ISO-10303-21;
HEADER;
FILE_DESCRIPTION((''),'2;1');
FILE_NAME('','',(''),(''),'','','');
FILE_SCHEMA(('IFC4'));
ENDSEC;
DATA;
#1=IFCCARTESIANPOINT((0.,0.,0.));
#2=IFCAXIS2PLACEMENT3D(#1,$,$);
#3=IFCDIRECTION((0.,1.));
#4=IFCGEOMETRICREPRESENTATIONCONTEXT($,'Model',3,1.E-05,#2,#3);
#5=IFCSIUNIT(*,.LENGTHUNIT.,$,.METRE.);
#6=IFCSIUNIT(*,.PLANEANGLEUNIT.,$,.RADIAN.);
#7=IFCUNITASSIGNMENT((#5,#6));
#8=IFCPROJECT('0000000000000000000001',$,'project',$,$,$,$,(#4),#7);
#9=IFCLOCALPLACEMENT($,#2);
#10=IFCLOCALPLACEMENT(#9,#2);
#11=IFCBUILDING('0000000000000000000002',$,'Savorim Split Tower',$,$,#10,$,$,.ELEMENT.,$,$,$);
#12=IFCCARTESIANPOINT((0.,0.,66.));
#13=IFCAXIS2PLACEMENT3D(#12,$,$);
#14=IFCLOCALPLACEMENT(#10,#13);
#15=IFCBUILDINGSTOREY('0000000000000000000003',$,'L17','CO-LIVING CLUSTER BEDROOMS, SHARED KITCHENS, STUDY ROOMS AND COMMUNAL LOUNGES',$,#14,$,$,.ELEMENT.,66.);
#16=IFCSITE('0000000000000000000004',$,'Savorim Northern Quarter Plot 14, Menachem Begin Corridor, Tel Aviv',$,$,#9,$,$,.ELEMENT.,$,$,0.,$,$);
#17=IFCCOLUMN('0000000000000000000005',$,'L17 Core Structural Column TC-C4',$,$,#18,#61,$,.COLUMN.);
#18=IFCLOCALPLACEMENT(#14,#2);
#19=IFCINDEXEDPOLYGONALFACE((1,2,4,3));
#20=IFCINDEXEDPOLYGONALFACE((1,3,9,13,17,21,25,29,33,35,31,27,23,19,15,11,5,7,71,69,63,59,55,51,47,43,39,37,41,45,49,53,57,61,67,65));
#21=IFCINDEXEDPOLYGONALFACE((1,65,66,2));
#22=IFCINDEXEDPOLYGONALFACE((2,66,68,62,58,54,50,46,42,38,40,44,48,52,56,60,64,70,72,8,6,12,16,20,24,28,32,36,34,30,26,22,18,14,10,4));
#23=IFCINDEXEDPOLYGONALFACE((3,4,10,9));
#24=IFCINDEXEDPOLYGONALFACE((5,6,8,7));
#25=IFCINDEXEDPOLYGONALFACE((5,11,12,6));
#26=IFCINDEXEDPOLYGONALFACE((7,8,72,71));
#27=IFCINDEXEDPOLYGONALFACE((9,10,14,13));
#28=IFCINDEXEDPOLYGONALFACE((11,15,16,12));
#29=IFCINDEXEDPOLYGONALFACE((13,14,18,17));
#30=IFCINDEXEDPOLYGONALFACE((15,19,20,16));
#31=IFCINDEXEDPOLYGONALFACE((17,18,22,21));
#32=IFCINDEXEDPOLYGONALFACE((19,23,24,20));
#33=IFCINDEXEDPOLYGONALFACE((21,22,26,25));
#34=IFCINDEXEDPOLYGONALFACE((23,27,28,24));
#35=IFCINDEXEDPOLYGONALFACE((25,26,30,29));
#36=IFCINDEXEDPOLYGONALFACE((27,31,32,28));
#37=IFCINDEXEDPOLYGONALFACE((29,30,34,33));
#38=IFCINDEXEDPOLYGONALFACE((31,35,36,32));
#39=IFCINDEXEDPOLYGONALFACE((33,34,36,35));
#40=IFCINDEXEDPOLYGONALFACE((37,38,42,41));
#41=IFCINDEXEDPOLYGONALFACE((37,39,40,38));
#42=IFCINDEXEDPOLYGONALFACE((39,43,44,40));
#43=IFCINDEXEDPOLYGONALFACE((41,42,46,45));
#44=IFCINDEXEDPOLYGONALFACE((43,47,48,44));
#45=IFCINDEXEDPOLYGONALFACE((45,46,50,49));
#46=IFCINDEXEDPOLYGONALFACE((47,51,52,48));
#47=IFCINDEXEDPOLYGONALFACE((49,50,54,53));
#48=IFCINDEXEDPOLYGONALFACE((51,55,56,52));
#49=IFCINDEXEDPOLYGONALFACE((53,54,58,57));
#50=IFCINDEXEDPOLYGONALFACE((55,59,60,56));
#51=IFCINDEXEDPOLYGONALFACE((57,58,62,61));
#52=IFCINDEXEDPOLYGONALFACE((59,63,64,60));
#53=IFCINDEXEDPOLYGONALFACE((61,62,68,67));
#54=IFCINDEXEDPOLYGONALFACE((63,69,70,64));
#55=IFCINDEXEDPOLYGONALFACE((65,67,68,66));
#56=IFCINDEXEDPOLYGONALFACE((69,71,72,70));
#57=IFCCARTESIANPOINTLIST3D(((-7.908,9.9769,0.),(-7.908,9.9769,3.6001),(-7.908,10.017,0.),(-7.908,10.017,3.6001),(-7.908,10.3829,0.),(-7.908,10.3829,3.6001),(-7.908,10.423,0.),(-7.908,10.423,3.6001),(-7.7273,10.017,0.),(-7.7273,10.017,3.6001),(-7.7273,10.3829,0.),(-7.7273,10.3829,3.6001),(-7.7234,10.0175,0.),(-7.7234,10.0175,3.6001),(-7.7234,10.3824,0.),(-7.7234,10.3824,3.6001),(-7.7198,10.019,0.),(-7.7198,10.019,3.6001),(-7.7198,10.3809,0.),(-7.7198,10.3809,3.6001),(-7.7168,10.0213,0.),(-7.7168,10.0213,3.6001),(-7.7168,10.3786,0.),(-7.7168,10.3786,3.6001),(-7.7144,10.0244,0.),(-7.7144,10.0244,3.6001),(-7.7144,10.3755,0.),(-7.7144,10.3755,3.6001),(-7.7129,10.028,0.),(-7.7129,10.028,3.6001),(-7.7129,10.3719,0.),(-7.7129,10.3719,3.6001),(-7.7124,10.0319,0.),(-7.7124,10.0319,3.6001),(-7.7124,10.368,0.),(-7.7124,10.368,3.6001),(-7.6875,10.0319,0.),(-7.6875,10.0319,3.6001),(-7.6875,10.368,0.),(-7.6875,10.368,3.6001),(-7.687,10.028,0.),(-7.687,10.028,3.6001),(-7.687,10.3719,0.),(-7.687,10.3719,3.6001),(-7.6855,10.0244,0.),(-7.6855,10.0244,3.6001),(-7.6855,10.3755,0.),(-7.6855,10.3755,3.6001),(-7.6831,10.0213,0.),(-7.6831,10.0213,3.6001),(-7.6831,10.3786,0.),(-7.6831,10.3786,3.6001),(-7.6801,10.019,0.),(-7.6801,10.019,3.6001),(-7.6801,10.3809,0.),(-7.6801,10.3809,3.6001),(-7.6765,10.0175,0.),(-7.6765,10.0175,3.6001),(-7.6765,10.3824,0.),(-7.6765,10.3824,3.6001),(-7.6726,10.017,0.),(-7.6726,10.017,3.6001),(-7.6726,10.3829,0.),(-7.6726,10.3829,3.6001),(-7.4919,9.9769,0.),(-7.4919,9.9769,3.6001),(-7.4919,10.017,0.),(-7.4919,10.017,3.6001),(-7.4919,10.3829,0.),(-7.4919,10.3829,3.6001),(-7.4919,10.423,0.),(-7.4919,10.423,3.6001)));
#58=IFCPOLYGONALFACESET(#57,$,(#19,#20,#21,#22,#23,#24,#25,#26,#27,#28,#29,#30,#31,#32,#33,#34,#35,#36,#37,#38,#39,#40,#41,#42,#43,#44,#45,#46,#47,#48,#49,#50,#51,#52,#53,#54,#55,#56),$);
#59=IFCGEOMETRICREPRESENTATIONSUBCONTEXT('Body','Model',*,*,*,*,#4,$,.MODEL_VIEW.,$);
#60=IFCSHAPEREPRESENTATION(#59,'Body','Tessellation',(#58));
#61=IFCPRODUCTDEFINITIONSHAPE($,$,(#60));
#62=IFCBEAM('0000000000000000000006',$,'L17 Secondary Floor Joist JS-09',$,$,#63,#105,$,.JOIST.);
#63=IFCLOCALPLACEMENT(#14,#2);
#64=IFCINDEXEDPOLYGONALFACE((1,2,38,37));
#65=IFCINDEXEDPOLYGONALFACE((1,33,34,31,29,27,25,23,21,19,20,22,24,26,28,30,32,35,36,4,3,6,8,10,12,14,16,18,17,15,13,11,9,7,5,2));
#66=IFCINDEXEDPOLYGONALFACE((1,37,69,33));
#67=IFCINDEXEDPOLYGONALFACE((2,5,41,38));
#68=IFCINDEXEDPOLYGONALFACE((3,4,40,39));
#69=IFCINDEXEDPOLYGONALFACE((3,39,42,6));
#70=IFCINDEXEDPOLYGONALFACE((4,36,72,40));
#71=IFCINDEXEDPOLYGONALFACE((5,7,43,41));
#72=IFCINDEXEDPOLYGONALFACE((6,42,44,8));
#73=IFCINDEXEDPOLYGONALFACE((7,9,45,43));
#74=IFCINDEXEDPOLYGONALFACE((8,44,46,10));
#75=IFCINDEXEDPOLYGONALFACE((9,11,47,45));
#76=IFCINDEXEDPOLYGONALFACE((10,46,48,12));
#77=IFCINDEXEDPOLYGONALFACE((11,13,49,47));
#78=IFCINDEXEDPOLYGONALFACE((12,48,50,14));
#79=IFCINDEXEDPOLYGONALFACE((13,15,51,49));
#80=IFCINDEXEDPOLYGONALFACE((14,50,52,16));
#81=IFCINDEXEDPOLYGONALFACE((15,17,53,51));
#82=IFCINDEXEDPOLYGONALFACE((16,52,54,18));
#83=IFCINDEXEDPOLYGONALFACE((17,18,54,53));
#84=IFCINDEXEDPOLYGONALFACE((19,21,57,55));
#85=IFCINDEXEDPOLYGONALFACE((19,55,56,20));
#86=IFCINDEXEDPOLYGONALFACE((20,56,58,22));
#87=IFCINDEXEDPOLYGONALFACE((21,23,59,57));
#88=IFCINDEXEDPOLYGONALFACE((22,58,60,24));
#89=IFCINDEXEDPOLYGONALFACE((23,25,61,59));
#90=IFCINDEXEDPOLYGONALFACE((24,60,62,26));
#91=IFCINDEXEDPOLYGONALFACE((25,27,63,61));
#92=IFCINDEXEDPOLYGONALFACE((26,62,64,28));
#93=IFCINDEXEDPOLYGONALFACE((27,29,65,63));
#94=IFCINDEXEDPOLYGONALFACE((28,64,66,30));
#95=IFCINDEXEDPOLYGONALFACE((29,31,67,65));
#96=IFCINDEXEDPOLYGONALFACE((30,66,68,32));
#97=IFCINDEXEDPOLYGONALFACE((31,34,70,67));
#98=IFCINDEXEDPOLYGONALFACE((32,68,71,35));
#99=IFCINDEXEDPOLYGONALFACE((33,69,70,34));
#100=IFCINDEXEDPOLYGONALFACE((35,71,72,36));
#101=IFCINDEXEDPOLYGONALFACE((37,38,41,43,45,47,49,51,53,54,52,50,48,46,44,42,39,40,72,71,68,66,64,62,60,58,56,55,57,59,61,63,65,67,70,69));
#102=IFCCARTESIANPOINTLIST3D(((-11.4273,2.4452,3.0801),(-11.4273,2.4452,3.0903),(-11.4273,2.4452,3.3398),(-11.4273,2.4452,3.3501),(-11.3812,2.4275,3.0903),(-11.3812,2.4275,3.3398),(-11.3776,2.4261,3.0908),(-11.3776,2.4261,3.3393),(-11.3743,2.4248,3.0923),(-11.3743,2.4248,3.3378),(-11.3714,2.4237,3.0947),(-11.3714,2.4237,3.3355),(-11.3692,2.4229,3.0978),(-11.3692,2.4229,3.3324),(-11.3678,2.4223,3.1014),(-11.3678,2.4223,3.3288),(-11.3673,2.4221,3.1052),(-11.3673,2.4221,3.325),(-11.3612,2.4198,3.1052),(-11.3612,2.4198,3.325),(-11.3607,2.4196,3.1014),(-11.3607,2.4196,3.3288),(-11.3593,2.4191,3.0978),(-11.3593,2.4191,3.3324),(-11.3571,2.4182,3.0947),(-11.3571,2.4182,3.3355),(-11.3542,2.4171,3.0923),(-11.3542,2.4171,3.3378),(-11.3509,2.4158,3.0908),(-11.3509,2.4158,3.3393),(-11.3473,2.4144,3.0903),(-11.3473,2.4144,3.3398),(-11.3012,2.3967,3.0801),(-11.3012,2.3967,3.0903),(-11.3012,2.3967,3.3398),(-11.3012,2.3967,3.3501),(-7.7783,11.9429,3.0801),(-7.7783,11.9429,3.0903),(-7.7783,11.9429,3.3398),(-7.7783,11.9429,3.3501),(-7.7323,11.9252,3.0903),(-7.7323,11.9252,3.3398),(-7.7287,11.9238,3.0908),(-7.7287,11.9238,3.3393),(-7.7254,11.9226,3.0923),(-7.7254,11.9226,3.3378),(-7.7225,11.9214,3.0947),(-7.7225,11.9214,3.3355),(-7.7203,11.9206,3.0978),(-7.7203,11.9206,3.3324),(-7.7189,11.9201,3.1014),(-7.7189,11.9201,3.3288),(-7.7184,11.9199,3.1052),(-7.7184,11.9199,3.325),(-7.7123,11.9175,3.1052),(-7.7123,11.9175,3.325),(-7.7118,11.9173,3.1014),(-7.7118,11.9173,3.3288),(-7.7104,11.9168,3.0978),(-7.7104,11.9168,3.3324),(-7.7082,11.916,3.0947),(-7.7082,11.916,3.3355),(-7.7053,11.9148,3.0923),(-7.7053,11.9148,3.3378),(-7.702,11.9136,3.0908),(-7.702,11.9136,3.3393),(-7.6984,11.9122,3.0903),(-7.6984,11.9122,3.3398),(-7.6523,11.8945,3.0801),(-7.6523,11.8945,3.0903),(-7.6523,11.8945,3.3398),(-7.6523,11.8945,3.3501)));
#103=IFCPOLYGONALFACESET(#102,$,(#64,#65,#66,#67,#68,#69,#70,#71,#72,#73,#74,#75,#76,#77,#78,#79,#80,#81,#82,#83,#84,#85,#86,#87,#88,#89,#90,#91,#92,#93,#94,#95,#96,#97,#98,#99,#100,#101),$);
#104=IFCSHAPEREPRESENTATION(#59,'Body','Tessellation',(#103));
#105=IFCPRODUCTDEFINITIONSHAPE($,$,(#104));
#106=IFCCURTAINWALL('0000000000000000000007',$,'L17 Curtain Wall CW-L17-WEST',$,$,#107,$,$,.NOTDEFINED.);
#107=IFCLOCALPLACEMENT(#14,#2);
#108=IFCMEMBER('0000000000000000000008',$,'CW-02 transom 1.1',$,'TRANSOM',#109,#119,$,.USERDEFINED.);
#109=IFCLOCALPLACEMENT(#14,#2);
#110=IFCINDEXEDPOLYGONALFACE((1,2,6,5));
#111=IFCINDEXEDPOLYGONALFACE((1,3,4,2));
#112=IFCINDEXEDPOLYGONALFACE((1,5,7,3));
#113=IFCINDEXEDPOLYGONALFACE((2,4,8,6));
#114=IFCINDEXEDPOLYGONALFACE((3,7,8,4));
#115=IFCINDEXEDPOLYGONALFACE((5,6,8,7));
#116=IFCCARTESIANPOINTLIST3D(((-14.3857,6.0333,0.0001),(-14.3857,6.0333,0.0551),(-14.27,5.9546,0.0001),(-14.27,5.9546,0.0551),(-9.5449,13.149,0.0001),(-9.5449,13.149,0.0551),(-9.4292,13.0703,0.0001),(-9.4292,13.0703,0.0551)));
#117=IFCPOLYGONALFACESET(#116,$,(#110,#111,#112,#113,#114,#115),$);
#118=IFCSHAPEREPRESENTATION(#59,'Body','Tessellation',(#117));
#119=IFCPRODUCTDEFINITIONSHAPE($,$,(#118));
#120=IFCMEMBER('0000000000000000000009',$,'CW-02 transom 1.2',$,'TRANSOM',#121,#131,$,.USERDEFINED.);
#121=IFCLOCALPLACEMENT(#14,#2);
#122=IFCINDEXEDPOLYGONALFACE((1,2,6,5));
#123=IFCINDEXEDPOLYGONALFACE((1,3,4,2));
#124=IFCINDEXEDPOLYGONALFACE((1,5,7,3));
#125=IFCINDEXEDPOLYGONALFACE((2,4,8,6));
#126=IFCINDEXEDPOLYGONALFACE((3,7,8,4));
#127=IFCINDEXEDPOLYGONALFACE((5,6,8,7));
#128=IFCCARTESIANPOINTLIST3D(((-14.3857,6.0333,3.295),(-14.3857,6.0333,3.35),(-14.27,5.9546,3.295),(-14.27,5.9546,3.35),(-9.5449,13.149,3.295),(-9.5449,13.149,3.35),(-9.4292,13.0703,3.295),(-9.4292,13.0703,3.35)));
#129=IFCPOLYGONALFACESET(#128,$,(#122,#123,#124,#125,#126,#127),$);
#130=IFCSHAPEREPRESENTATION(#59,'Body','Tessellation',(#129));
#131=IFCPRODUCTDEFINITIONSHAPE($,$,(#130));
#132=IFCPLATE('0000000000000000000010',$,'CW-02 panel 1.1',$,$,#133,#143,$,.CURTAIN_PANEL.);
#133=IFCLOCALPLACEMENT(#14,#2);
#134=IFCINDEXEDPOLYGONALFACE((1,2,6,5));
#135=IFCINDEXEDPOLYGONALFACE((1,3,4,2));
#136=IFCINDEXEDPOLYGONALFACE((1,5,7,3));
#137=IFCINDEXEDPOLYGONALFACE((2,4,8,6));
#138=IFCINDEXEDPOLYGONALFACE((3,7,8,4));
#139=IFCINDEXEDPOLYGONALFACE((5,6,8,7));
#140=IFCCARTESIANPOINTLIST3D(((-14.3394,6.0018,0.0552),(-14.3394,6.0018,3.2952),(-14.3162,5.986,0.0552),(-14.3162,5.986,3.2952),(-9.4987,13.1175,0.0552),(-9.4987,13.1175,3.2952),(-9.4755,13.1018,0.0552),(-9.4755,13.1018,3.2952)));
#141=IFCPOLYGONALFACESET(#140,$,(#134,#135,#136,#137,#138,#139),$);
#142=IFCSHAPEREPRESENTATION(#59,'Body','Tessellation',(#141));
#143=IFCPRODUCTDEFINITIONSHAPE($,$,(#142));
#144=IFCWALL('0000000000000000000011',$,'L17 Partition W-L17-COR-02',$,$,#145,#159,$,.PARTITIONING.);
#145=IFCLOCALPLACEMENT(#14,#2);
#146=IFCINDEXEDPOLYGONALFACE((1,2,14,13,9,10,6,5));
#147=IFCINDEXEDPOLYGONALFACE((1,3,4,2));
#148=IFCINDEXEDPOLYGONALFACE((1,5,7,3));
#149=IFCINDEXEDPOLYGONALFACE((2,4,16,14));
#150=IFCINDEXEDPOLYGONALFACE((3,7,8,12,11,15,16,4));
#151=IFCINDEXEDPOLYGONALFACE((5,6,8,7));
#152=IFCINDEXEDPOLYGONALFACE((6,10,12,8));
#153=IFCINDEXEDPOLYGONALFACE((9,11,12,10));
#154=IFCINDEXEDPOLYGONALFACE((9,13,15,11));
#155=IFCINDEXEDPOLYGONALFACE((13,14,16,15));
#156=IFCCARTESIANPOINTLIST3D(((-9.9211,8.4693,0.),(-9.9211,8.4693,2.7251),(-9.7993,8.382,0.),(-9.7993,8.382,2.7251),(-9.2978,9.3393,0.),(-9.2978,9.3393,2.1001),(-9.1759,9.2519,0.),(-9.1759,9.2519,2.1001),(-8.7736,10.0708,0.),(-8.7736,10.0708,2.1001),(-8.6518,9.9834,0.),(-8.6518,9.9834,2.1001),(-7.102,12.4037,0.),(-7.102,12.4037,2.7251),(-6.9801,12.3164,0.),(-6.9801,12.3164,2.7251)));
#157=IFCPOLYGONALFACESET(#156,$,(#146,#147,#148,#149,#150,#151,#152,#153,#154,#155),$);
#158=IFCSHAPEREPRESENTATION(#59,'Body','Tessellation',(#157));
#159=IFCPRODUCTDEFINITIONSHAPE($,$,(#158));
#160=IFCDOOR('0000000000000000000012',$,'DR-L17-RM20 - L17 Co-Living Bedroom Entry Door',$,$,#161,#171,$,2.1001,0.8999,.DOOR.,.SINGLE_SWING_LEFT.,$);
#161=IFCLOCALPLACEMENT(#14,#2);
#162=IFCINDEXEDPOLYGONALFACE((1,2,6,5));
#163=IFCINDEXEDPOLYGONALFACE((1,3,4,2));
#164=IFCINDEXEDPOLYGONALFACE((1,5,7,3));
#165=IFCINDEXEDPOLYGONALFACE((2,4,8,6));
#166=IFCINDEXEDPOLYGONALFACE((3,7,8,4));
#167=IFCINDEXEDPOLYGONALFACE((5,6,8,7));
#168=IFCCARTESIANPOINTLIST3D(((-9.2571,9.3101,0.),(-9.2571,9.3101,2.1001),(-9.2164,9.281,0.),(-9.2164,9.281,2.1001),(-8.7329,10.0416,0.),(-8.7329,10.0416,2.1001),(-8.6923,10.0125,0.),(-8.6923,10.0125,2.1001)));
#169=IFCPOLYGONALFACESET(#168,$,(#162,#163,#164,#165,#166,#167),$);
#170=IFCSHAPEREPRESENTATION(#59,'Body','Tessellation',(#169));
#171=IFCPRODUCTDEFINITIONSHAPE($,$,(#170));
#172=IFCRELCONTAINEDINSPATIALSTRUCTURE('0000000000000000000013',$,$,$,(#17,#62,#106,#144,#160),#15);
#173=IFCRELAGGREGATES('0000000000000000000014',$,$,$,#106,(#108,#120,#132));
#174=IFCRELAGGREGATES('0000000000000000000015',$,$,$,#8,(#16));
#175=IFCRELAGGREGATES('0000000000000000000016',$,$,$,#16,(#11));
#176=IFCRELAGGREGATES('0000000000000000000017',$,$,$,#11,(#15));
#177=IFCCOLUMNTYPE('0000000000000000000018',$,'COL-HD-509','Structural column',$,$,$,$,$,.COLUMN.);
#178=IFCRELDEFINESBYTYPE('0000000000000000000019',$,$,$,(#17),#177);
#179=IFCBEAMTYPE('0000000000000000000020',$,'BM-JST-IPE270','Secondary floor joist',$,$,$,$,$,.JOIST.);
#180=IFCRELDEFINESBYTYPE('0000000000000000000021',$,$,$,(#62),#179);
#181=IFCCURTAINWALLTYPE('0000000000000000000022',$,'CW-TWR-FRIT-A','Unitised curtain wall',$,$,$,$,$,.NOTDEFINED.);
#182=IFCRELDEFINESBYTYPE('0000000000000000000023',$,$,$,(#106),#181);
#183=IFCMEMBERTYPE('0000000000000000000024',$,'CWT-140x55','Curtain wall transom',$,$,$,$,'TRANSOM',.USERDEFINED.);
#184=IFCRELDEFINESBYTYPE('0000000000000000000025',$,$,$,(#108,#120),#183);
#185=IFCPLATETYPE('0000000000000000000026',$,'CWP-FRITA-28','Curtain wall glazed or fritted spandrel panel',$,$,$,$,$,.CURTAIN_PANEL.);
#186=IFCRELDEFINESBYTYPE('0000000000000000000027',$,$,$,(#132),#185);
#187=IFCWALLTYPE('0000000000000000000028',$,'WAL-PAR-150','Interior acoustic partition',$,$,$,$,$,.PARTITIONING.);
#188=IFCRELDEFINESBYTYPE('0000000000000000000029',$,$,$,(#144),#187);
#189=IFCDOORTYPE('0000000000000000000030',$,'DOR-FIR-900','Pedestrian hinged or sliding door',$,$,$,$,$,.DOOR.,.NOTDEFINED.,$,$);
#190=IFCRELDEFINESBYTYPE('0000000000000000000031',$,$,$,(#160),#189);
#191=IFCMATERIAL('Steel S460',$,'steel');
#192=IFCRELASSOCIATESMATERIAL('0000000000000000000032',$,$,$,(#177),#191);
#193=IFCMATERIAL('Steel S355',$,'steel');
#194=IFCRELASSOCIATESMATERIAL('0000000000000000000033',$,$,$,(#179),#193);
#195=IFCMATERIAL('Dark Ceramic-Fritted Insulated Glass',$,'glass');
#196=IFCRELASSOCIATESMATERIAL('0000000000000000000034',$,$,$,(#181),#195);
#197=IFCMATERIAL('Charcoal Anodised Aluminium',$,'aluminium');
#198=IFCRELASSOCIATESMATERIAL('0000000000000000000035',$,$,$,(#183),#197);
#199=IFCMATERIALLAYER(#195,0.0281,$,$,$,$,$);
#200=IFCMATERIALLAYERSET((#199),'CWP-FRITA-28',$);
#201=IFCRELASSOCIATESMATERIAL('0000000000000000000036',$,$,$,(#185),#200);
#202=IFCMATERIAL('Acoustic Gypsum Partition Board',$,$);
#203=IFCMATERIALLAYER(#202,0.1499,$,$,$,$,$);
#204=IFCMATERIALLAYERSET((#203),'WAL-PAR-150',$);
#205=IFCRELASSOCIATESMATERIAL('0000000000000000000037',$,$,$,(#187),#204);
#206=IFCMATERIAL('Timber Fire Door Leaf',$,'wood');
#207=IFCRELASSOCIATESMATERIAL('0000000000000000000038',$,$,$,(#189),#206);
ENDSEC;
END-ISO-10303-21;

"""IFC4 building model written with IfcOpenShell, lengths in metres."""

from ifc_helpers import new_model, si_unit, direction, frame, frame_2d, origin, origin_2d, place, context, subcontext, project, spatial, rectangle, i_section, extrude, material, layer, layer_set, material_profile, profile_set, type_object, element, fill, aggregate, save


model = new_model("IFC4")

# Units and contexts
model_context = context("Model", 3, precision=1e-05, world=origin(), true_north=direction((0.0, 1.0)))
body_context = subcontext(model_context, "Body", "Model", "MODEL_VIEW")
ifc_project = project(units=[si_unit("LENGTHUNIT", "METRE"), si_unit("PLANEANGLEUNIT", "RADIAN")], contexts=[model_context])

# Site, building, storey
site_placement = place(None, origin())
site = spatial("IfcSite", under=ifc_project, at=site_placement, Name="Savorim Northern Quarter Plot 14, Menachem Begin Corridor, Tel Aviv", CompositionType="ELEMENT", RefElevation=0.0)
building_placement = place(site_placement, origin())
building = spatial("IfcBuilding", under=site, at=building_placement, Name="Savorim Split Tower", CompositionType="ELEMENT")
storey_placement = place(building_placement, frame((0.0, 0.0, 66.0)))
storey = spatial("IfcBuildingStorey", under=building, at=storey_placement, Name="L17", Description="CO-LIVING CLUSTER BEDROOMS, SHARED KITCHENS, STUDY ROOMS AND COMMUNAL LOUNGES", CompositionType="ELEMENT", Elevation=66.0)

# Column
ifc_material_1 = material(Name="Steel S460", Category="steel")
ifc_material_profile_1 = material_profile(ifc_material_1, i_section(OverallWidth=0.416, OverallDepth=0.446, WebThickness=0.0249, FlangeThickness=0.04, FilletRadius=0.0149, at=origin_2d()), Name="HD 400x509")
ifc_profile_set_1 = profile_set([ifc_material_profile_1], Name="Steel S460")
column_type = type_object("IfcColumnType", Name="COL-HD-509", Description="Structural column", PredefinedType="COLUMN", material=ifc_profile_set_1)
column_placement = place(storey_placement, frame((-7.7, 10.2, 0.0), z_axis=(0.0, 0.0, 1.0), x_axis=(1.0, 0.0, 0.0)))
element("IfcColumn", 1, at=column_placement, inside=storey, type_object=column_type, Name="L17 Core Structural Column TC-C4", PredefinedType="COLUMN", context=body_context, shape_type="SweptSolid", body=[
    extrude(i_section(OverallWidth=0.416, OverallDepth=0.446, WebThickness=0.0249, FlangeThickness=0.04, FilletRadius=0.0149, at=origin_2d()), origin(), (0.0, 0.0, 1.0), 3.6001),
])

# Beam
ifc_material_2 = material(Name="Steel S355", Category="steel")
ifc_material_profile_2 = material_profile(ifc_material_2, i_section(OverallWidth=0.135, OverallDepth=0.27, WebThickness=0.0066, FlangeThickness=0.0103, FilletRadius=0.0149, at=origin_2d()), Name="IPE 270")
ifc_profile_set_2 = profile_set([ifc_material_profile_2], Name="Steel S355")
beam_type = type_object("IfcBeamType", Name="BM-JST-IPE270", Description="Secondary floor joist", PredefinedType="JOIST", material=ifc_profile_set_2)
beam_placement = place(storey_placement, frame((-7.7153, 11.9187, 3.2151), z_axis=(-0.35863, -0.93348, 0.0), x_axis=(0.93348, -0.35863, 0.0)))
element("IfcBeam", 2, at=beam_placement, inside=storey, type_object=beam_type, Name="L17 Secondary Floor Joist JS-09", PredefinedType="JOIST", context=body_context, shape_type="SweptSolid", body=[
    extrude(i_section(OverallWidth=0.135, OverallDepth=0.27, WebThickness=0.0066, FlangeThickness=0.0103, FilletRadius=0.0149, at=origin_2d()), origin(), (0.0, 0.0, 1.0), 10.1746),
])

# Curtain wall, members, plate
ifc_material_3 = material(Name="Dark Ceramic-Fritted Insulated Glass", Category="glass")
curtain_wall_type = type_object("IfcCurtainWallType", Name="CW-TWR-FRIT-A", Description="Unitised curtain wall", PredefinedType="NOTDEFINED", material=ifc_material_3)
curtain_wall_placement = place(storey_placement, origin())
curtain_wall = element("IfcCurtainWall", 3, at=curtain_wall_placement, inside=storey, type_object=curtain_wall_type, Name="L17 Curtain Wall CW-L17-WEST", PredefinedType="NOTDEFINED")
ifc_material_4 = material(Name="Charcoal Anodised Aluminium", Category="aluminium")
ifc_material_profile_3 = material_profile(ifc_material_4, rectangle(XDim=0.1399, YDim=0.0549, at=origin_2d()), Name="ALU-T 140x55")
ifc_profile_set_3 = profile_set([ifc_material_profile_3], Name="Charcoal Anodised Aluminium")
member_type = type_object("IfcMemberType", Name="CWT-140x55", Description="Curtain wall transom", ElementType="TRANSOM", PredefinedType="USERDEFINED", material=ifc_profile_set_3)
member_1_placement = place(storey_placement, frame((-9.4871, 13.1096, 0.0276), z_axis=(-0.562479, -0.826811, 0.0), x_axis=(0.826811, -0.562479, 0.0)))
member_1 = element("IfcMember", 4, at=member_1_placement, type_object=member_type, Name="CW-02 transom 1.1", ObjectType="TRANSOM", PredefinedType="USERDEFINED", context=body_context, shape_type="SweptSolid", body=[
    extrude(rectangle(XDim=0.1399, YDim=0.0549, at=origin_2d()), origin(), (0.0, 0.0, 1.0), 8.6062),
])
member_2_placement = place(storey_placement, frame((-9.4871, 13.1096, 3.3225), z_axis=(-0.562479, -0.826811, 0.0), x_axis=(0.826811, -0.562479, 0.0)))
member_2 = element("IfcMember", 5, at=member_2_placement, type_object=member_type, Name="CW-02 transom 1.2", ObjectType="TRANSOM", PredefinedType="USERDEFINED", context=body_context, shape_type="SweptSolid", body=[
    extrude(rectangle(XDim=0.1399, YDim=0.0549, at=origin_2d()), origin(), (0.0, 0.0, 1.0), 8.6062),
])
ifc_layer_1 = layer(ifc_material_3, 0.0281)
ifc_layer_set_1 = layer_set([ifc_layer_1], Name="CWP-FRITA-28")
plate_type = type_object("IfcPlateType", Name="CWP-FRITA-28", Description="Curtain wall glazed or fritted spandrel panel", PredefinedType="CURTAIN_PANEL", material=ifc_layer_set_1)
plate_placement = place(storey_placement, frame((-11.9075, 9.5518, 0.0552), z_axis=(0.0, 0.0, 1.0), x_axis=(-0.562466, -0.82682, 0.0)))
plate = element("IfcPlate", 6, at=plate_placement, type_object=plate_type, Name="CW-02 panel 1.1", PredefinedType="CURTAIN_PANEL", context=body_context, shape_type="SweptSolid", body=[
    extrude(rectangle(XDim=8.6062, YDim=0.0281, at=origin_2d()), origin(), (0.0, 0.0, 1.0), 3.24),
])
aggregate(curtain_wall, [member_1, member_2, plate])

# Wall, opening, door
ifc_material_5 = material(Name="Acoustic Gypsum Partition Board")
ifc_layer_2 = layer(ifc_material_5, 0.1499)
ifc_layer_set_2 = layer_set([ifc_layer_2], Name="WAL-PAR-150")
wall_type = type_object("IfcWallType", Name="WAL-PAR-150", Description="Interior acoustic partition", PredefinedType="PARTITIONING", material=ifc_layer_set_2)
wall_1_placement = place(storey_placement, frame((-9.8601, 8.4258, 0.0), z_axis=(0.0, 0.0, 1.0), x_axis=(0.58245, 0.812867, 0.0)))
wall_1 = element("IfcWall", 7, at=wall_1_placement, inside=storey, type_object=wall_type, Name="L17 Partition W-L17-COR-02", PredefinedType="PARTITIONING", context=body_context, shape_type="SweptSolid", body=[
    extrude(rectangle(XDim=4.8401, YDim=0.1499, at=frame_2d((2.4199, 0.0))), origin(), (0.0, 0.0, 1.0), 2.7251),
])
opening_1_placement = place(wall_1_placement, frame((1.0701, 0.0, 0.0)))
opening_1 = element("IfcOpeningElement", 8, at=opening_1_placement, cuts=wall_1, PredefinedType="OPENING", context=body_context, shape_type="SweptSolid", body=[
    extrude(rectangle(XDim=0.8999, YDim=2.1001, at=frame_2d((0.45, 1.05))), frame((0.0, 0.085, 0.0), z_axis=(0.0, -1.0, 0.0), x_axis=(1.0, 0.0, 0.0)), (0.0, 0.0, 1.0), 0.1699),
])
ifc_material_6 = material(Name="Timber Fire Door Leaf", Category="wood")
door_type_1 = type_object("IfcDoorType", Name="DOR-FIR-900", Description="Pedestrian hinged or sliding door", OperationType="NOTDEFINED", PredefinedType="DOOR", material=ifc_material_6)
door_1_placement = place(opening_1_placement, origin())
door_1 = element("IfcDoor", 9, at=door_1_placement, inside=storey, type_object=door_type_1, Name="DR-L17-RM20 - L17 Co-Living Bedroom Entry Door", OperationType="SINGLE_SWING_LEFT", OverallHeight=2.1001, OverallWidth=0.8999, PredefinedType="DOOR", context=body_context, shape_type="SweptSolid", body=[
    extrude(rectangle(XDim=0.8999, YDim=2.1001, at=frame_2d((0.45, 1.05))), frame((0.0, 0.0249, 0.0), z_axis=(0.0, -1.0, 0.0), x_axis=(1.0, 0.0, 0.0)), (0.0, 0.0, 1.0), 0.05),
])
fill(opening_1, door_1)

save(model, "model.ifc")
